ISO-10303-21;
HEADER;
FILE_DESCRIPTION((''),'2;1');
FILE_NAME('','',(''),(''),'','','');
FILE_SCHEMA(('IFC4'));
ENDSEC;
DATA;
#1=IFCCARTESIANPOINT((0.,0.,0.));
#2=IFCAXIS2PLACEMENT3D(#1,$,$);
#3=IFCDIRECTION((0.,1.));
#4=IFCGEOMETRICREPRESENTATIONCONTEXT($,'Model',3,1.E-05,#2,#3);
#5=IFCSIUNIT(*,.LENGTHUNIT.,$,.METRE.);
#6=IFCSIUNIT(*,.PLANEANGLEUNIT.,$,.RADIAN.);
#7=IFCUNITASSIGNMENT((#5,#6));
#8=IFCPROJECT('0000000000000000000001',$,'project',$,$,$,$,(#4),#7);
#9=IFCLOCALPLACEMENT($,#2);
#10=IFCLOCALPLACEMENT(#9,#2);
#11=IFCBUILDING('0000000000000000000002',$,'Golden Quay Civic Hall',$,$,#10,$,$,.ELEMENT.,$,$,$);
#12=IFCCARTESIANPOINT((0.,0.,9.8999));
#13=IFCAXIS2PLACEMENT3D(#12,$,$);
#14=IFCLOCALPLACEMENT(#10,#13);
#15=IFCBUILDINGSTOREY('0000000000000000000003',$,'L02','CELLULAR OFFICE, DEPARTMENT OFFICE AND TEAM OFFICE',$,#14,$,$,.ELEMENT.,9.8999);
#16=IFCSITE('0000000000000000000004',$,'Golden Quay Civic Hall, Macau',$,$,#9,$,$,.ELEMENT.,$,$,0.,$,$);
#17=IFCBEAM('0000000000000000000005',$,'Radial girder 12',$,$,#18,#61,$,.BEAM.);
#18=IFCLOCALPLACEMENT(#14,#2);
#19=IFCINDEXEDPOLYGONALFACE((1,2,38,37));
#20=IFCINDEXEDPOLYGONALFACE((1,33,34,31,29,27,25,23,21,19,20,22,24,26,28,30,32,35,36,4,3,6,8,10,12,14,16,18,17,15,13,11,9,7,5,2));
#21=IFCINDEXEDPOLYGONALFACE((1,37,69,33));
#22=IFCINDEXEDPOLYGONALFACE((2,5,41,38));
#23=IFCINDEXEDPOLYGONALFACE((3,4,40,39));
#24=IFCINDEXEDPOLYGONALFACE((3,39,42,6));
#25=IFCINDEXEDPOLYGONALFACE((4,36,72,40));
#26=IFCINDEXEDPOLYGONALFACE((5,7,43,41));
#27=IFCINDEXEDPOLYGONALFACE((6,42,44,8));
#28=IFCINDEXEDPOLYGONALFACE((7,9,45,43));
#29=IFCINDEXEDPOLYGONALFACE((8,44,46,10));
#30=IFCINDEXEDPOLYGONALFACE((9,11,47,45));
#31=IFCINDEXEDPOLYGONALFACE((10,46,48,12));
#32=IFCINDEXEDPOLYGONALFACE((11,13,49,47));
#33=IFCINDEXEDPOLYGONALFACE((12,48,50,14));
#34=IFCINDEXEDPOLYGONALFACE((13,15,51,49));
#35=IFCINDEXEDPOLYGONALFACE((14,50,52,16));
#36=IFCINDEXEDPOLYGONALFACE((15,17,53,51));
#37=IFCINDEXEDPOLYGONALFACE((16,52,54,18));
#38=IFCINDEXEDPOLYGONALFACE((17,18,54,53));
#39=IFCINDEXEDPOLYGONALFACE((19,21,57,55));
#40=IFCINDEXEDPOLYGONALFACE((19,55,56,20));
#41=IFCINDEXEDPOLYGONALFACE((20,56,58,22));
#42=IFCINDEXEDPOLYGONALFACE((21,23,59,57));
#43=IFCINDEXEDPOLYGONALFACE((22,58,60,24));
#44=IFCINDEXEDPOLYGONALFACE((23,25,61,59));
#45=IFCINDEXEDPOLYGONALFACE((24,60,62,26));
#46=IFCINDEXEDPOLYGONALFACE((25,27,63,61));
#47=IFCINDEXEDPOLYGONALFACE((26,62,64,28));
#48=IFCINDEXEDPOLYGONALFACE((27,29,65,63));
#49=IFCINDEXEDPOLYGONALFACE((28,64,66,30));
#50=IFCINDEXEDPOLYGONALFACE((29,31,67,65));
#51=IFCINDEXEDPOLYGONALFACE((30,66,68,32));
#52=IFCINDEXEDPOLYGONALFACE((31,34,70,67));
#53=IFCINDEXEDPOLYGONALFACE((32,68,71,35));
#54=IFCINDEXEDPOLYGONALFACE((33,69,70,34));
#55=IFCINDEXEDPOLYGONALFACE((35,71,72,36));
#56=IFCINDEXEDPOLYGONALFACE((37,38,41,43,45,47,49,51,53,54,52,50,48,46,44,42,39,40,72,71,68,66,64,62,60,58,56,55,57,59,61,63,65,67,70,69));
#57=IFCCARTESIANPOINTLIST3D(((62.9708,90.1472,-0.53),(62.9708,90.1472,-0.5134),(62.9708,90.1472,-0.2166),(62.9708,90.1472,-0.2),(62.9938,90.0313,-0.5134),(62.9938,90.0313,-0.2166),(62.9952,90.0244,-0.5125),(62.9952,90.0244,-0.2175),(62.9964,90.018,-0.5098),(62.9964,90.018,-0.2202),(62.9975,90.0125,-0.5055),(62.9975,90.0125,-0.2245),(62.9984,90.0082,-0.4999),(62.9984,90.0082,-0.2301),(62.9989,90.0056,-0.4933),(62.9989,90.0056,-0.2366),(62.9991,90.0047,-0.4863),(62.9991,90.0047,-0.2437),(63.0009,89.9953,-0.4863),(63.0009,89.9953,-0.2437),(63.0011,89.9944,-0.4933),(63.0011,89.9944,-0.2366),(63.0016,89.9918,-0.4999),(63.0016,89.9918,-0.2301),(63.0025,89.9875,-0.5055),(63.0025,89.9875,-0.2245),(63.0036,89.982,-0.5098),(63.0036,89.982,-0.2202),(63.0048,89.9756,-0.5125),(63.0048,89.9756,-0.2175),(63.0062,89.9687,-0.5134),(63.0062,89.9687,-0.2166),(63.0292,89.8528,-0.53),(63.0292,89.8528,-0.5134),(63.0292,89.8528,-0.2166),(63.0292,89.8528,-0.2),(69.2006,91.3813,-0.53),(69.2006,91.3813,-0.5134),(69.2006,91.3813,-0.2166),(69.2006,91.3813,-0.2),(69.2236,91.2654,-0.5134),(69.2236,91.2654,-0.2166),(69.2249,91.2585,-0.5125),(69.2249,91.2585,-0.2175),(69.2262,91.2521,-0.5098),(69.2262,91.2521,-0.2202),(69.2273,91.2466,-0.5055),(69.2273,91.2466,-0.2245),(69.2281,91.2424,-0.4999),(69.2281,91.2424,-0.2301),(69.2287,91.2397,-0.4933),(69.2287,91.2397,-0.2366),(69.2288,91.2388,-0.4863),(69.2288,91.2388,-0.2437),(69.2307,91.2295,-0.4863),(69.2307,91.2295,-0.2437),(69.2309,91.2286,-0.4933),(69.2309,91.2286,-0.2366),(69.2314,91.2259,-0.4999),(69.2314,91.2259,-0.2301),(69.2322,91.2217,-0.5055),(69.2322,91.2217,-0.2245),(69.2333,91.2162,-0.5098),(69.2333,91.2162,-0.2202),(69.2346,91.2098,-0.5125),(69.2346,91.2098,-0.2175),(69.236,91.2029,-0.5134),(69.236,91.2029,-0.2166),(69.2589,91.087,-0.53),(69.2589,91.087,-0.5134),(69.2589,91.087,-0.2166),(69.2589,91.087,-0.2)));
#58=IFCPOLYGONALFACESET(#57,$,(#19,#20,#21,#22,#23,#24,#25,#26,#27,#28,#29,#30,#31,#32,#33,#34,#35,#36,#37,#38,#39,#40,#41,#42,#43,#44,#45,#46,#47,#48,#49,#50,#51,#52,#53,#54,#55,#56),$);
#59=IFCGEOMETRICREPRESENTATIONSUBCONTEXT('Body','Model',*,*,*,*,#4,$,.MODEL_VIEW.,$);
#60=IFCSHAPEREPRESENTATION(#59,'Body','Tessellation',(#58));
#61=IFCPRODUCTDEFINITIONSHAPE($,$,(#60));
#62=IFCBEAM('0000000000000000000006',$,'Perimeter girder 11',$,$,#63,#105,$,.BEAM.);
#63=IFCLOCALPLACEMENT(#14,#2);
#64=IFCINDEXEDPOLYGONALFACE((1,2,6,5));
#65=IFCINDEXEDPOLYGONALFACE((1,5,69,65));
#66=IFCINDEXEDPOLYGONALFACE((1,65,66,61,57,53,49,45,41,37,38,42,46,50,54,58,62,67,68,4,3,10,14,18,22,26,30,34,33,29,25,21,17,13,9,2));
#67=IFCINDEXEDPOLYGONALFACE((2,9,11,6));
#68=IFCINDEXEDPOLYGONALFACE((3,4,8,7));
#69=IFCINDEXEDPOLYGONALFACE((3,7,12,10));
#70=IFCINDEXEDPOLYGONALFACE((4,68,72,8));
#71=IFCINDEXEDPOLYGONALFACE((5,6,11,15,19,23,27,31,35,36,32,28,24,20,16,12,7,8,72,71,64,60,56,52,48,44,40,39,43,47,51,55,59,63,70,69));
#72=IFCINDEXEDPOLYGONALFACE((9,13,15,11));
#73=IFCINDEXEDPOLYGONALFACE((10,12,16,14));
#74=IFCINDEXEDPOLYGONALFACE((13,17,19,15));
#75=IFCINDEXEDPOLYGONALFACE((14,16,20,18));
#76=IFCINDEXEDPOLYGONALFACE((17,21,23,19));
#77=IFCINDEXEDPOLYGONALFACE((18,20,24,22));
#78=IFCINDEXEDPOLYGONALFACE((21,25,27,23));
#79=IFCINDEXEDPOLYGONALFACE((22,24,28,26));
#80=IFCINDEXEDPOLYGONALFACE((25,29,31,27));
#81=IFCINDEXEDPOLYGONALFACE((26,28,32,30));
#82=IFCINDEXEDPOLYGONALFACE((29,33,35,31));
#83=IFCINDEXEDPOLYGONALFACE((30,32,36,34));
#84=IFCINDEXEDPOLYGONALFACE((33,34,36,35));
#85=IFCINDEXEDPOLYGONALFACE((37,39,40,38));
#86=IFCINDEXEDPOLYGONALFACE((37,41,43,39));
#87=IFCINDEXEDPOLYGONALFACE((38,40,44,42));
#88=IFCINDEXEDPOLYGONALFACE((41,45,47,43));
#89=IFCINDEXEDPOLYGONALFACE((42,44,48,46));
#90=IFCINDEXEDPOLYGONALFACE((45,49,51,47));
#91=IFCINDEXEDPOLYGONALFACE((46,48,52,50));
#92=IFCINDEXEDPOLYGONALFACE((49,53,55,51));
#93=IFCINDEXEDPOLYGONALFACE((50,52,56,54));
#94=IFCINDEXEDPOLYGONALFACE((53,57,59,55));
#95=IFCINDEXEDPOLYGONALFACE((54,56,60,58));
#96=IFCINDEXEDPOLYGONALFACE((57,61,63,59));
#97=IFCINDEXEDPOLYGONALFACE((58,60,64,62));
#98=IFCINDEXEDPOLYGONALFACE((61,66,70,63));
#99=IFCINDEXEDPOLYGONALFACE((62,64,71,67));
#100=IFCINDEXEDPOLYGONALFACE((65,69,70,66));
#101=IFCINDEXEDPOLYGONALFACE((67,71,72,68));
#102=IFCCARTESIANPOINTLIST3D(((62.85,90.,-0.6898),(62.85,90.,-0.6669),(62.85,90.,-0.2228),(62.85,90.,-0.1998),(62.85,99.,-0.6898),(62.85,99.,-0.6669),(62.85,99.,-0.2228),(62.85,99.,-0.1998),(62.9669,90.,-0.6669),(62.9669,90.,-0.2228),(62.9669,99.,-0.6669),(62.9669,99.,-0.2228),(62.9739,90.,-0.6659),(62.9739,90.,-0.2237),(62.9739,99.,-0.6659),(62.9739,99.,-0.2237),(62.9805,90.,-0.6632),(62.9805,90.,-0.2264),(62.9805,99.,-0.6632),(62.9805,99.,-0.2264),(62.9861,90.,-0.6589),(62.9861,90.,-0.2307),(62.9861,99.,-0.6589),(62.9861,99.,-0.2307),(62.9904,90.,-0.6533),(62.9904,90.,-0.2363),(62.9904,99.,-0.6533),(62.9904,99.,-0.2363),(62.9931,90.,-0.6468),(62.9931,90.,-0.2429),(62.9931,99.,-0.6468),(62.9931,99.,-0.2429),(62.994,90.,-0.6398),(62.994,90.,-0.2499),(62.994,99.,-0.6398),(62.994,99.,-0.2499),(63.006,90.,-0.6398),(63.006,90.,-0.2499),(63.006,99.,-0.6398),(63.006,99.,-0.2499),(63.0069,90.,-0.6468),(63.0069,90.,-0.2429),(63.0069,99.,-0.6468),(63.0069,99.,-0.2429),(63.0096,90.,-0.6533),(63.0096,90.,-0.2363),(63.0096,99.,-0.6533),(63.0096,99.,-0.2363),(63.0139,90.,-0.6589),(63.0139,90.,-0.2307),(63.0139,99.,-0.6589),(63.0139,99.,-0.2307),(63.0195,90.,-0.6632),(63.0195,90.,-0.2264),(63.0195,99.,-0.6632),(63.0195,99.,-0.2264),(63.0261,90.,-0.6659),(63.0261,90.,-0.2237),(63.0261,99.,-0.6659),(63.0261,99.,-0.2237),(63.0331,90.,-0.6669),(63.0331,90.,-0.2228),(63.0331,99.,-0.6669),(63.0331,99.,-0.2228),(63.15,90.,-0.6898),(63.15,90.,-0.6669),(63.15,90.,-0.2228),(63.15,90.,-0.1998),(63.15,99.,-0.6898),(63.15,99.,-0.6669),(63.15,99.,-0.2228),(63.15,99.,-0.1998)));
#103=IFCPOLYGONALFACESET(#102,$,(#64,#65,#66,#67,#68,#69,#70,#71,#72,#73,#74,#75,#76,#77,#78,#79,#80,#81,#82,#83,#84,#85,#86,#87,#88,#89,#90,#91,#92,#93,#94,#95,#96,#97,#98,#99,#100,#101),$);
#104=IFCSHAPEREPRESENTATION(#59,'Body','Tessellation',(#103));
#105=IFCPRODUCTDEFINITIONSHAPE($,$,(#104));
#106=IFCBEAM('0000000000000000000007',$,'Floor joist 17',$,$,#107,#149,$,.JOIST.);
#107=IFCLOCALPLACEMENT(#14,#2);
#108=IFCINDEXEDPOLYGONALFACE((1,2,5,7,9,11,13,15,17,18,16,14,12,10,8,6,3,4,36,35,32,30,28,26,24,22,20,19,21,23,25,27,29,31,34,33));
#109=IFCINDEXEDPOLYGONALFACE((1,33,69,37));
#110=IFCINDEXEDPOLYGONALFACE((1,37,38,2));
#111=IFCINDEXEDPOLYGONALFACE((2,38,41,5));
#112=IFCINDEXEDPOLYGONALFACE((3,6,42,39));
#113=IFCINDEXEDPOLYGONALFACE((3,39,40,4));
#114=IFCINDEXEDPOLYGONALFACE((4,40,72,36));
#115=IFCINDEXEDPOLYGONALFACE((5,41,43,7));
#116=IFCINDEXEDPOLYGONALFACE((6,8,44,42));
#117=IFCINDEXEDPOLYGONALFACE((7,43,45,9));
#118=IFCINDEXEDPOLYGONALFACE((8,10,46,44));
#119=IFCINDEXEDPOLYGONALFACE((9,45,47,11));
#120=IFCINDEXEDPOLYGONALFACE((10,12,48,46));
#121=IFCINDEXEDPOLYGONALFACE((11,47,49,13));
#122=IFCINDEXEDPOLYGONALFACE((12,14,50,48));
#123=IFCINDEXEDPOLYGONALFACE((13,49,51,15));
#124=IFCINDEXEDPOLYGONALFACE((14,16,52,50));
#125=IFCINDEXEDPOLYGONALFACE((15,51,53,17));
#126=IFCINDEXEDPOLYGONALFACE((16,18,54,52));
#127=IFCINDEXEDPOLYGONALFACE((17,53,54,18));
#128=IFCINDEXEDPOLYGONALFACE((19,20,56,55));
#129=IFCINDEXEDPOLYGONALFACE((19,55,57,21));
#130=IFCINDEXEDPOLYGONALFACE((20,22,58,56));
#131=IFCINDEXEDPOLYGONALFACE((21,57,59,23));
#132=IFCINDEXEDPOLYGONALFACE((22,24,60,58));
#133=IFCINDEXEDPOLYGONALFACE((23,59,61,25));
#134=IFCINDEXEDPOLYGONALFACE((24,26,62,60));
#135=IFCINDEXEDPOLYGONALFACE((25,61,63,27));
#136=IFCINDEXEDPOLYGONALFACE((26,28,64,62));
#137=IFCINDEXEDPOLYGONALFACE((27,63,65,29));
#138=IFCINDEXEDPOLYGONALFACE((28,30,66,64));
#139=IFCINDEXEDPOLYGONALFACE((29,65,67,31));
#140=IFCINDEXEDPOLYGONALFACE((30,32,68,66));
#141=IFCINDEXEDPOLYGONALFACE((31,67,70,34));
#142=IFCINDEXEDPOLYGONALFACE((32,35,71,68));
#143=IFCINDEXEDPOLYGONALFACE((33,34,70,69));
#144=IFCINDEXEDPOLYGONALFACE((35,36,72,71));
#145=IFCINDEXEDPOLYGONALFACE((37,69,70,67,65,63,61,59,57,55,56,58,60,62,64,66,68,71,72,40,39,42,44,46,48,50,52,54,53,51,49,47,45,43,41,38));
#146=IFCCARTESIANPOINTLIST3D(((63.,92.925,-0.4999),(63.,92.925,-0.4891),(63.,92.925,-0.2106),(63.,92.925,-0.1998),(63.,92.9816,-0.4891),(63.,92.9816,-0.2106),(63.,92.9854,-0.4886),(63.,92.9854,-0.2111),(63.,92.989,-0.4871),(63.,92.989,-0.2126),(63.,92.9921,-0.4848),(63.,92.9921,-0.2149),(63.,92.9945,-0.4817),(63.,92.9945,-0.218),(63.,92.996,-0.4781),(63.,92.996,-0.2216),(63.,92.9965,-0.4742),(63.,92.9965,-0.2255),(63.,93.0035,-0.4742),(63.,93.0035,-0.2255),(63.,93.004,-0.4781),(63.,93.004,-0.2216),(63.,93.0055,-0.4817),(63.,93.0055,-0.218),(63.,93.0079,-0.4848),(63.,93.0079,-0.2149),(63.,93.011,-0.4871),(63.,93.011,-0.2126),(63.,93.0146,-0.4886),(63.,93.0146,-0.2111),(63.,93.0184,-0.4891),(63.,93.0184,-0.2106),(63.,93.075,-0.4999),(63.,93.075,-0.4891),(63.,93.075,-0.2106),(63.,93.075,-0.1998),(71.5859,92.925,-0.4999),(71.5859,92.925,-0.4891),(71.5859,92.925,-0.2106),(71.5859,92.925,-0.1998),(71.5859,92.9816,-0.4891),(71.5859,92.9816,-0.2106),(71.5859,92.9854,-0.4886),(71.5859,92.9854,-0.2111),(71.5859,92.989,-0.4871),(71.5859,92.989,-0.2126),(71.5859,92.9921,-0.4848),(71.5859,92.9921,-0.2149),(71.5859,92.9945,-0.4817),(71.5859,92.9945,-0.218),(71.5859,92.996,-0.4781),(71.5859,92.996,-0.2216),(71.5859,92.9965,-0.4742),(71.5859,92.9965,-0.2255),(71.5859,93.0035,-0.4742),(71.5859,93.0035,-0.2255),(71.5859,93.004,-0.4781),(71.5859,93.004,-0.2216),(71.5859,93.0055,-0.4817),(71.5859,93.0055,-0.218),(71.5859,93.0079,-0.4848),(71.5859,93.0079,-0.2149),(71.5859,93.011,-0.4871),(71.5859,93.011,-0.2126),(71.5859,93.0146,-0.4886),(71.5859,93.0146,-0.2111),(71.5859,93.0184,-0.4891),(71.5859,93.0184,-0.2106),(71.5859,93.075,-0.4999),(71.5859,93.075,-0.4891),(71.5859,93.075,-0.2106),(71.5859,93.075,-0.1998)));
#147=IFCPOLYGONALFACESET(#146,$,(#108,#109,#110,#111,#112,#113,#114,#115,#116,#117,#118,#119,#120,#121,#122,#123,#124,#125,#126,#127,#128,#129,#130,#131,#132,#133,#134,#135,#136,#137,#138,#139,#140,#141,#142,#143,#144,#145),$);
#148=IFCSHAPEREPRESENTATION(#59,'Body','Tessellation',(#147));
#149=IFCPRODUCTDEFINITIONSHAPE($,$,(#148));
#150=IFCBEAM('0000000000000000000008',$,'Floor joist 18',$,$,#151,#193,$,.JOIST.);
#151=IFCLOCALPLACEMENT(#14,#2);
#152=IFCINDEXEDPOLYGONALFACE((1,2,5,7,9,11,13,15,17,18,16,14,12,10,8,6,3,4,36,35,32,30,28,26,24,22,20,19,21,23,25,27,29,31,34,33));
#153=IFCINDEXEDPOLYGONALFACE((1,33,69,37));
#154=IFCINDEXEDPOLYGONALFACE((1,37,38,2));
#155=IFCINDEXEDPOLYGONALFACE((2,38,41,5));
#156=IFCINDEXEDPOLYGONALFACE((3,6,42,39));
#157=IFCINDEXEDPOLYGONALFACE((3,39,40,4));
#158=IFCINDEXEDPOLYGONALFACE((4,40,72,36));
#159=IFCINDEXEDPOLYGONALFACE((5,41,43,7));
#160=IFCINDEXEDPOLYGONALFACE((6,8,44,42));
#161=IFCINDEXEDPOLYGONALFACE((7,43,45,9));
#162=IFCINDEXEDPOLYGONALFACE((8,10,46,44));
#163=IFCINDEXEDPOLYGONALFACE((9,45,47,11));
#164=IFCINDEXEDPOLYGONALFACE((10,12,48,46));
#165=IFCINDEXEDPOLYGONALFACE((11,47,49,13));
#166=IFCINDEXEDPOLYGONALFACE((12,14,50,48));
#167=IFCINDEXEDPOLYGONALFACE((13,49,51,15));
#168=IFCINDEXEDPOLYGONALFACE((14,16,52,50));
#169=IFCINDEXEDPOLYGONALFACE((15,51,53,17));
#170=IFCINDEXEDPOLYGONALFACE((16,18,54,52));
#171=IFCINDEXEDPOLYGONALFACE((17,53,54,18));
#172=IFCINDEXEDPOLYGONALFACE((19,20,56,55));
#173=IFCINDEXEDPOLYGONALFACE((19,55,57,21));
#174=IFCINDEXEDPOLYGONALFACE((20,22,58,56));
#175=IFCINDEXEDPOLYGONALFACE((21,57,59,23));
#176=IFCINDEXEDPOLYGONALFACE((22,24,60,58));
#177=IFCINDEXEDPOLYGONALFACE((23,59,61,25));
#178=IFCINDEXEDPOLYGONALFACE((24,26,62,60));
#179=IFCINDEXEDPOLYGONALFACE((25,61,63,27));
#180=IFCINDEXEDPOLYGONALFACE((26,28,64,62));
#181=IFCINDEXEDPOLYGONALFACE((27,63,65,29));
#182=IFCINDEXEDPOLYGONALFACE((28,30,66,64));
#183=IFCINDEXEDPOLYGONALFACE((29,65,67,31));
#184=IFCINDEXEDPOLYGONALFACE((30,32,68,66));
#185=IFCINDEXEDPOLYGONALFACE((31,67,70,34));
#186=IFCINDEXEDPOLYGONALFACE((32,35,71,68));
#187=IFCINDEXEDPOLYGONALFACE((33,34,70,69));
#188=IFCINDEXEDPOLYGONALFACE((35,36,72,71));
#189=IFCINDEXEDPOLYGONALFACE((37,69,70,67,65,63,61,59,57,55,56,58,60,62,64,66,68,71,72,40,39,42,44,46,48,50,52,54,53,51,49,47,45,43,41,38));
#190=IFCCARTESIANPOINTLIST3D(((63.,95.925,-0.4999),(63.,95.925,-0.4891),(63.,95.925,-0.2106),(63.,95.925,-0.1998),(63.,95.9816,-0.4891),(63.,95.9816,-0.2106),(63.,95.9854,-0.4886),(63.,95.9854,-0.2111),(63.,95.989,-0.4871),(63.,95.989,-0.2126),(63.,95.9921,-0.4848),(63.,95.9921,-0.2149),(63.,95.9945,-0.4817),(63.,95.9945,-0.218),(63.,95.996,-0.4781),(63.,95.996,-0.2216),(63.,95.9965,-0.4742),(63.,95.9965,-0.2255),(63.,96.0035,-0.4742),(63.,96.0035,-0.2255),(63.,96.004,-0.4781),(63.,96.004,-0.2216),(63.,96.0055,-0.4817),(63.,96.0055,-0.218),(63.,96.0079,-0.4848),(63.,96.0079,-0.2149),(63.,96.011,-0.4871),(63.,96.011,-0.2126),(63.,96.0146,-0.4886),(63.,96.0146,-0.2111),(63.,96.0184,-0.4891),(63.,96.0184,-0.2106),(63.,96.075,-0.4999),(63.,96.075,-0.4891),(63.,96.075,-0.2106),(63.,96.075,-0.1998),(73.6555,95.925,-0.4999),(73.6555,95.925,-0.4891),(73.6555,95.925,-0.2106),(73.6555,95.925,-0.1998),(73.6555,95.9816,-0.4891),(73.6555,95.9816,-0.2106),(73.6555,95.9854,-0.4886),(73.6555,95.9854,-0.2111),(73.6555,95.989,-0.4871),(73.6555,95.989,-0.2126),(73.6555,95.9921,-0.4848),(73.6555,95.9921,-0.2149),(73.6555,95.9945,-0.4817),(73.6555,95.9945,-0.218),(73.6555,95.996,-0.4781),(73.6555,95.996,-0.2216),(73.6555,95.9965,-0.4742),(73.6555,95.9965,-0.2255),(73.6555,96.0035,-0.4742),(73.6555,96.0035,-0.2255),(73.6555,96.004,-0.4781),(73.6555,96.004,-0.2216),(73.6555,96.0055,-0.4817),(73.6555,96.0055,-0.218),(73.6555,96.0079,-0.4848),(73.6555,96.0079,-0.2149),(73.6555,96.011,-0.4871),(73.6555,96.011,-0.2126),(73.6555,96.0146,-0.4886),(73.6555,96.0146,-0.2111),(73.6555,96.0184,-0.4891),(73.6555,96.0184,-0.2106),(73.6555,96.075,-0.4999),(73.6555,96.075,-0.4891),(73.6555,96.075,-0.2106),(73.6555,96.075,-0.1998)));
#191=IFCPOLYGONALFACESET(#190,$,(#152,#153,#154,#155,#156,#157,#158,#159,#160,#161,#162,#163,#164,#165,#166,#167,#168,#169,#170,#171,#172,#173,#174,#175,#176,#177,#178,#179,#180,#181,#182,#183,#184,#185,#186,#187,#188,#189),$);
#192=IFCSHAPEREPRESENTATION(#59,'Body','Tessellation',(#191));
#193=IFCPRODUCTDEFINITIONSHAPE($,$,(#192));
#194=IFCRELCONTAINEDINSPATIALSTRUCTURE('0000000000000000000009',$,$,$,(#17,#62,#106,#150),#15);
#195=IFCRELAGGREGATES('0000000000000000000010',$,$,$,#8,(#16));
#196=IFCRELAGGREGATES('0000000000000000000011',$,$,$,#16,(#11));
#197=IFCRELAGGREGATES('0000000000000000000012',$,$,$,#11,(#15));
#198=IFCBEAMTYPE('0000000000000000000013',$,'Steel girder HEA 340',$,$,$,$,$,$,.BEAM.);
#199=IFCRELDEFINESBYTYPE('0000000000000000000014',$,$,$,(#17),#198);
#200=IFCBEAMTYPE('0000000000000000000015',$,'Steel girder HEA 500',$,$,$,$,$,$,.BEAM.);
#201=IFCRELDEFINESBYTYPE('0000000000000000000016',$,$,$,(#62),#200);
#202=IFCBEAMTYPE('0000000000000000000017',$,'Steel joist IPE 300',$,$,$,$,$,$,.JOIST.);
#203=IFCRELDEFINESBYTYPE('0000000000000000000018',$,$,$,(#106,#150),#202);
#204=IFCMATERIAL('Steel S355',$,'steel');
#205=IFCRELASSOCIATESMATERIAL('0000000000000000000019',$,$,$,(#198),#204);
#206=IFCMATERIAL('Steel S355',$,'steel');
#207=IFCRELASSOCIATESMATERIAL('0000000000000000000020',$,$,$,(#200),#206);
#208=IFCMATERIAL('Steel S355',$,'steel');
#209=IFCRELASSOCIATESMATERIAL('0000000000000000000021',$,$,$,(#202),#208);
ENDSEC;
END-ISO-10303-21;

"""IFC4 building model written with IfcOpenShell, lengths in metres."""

from ifc_helpers import new_model, si_unit, direction, frame, origin, origin_2d, place, context, subcontext, project, spatial, i_section, extrude, material, material_profile, profile_set, type_object, element, save


model = new_model("IFC4")

# Units and contexts
model_context = context("Model", 3, precision=1e-05, world=origin(), true_north=direction((0.0, 1.0)))
body_context = subcontext(model_context, "Body", "Model", "MODEL_VIEW")
ifc_project = project(units=[si_unit("LENGTHUNIT", "METRE"), si_unit("PLANEANGLEUNIT", "RADIAN")], contexts=[model_context])

# Site, building, storey
site_placement = place(None, origin())
site = spatial("IfcSite", under=ifc_project, at=site_placement, Name="Golden Quay Civic Hall, Macau", CompositionType="ELEMENT", RefElevation=0.0)
building_placement = place(site_placement, origin())
building = spatial("IfcBuilding", under=site, at=building_placement, Name="Golden Quay Civic Hall", CompositionType="ELEMENT")
storey_placement = place(building_placement, frame((0.0, 0.0, 9.8999)))
storey = spatial("IfcBuildingStorey", under=building, at=storey_placement, Name="L02", Description="CELLULAR OFFICE, DEPARTMENT OFFICE AND TEAM OFFICE", CompositionType="ELEMENT", Elevation=9.8999)

# Beams
ifc_material_1 = material(Name="Steel S355", Category="steel")
ifc_material_profile_1 = material_profile(ifc_material_1, i_section(OverallWidth=0.3, OverallDepth=0.3301, WebThickness=0.0095, FlangeThickness=0.0166, FilletRadius=0.0271, at=origin_2d()), Name="HEA 340")
ifc_profile_set_1 = profile_set([ifc_material_profile_1], Name="Steel S355")
beam_type_1 = type_object("IfcBeamType", Name="Steel girder HEA 340", PredefinedType="BEAM", material=ifc_profile_set_1)
beam_1_placement = place(storey_placement, frame((63.0, 90.0, -0.365), z_axis=(0.980937, 0.194327, 0.0), x_axis=(-0.194327, 0.980937, 0.0)))
element("IfcBeam", 1, at=beam_1_placement, inside=storey, type_object=beam_type_1, Name="Radial girder 12", PredefinedType="BEAM", context=body_context, shape_type="SweptSolid", body=[
    extrude(i_section(OverallWidth=0.3, OverallDepth=0.3301, WebThickness=0.0095, FlangeThickness=0.0166, FilletRadius=0.0271, at=origin_2d()), origin(), (0.0, 0.0, 1.0), 6.3508),
])
ifc_material_2 = material(Name="Steel S355", Category="steel")
ifc_material_profile_2 = material_profile(ifc_material_2, i_section(OverallWidth=0.3, OverallDepth=0.49, WebThickness=0.012, FlangeThickness=0.0229, FilletRadius=0.0271, at=origin_2d()), Name="HEA 500")
ifc_profile_set_2 = profile_set([ifc_material_profile_2], Name="Steel S355")
beam_type_2 = type_object("IfcBeamType", Name="Steel girder HEA 500", PredefinedType="BEAM", material=ifc_profile_set_2)
beam_2_placement = place(storey_placement, frame((63.0, 90.0, -0.4448), z_axis=(0.0, 1.0, 0.0), x_axis=(-1.0, 0.0, 0.0)))
element("IfcBeam", 2, at=beam_2_placement, inside=storey, type_object=beam_type_2, Name="Perimeter girder 11", PredefinedType="BEAM", context=body_context, shape_type="SweptSolid", body=[
    extrude(i_section(OverallWidth=0.3, OverallDepth=0.49, WebThickness=0.012, FlangeThickness=0.0229, FilletRadius=0.0271, at=origin_2d()), origin(), (0.0, 0.0, 1.0), 9.0),
])
ifc_material_3 = material(Name="Steel S355", Category="steel")
ifc_material_profile_3 = material_profile(ifc_material_3, i_section(OverallWidth=0.1499, OverallDepth=0.3, WebThickness=0.0071, FlangeThickness=0.0107, FilletRadius=0.0149, at=origin_2d()), Name="IPE 300")
ifc_profile_set_3 = profile_set([ifc_material_profile_3], Name="Steel S355")
beam_type_3 = type_object("IfcBeamType", Name="Steel joist IPE 300", PredefinedType="JOIST", material=ifc_profile_set_3)
beam_3_placement = place(storey_placement, frame((63.0, 93.0, -0.3499), z_axis=(1.0, 0.0, 0.0), x_axis=(0.0, 1.0, 0.0)))
element("IfcBeam", 3, at=beam_3_placement, inside=storey, type_object=beam_type_3, Name="Floor joist 17", PredefinedType="JOIST", context=body_context, shape_type="SweptSolid", body=[
    extrude(i_section(OverallWidth=0.1499, OverallDepth=0.3, WebThickness=0.0071, FlangeThickness=0.0107, FilletRadius=0.0149, at=origin_2d()), origin(), (0.0, 0.0, 1.0), 8.5859),
])
beam_4_placement = place(storey_placement, frame((63.0, 96.0, -0.3499), z_axis=(1.0, 0.0, 0.0), x_axis=(0.0, 1.0, 0.0)))
element("IfcBeam", 4, at=beam_4_placement, inside=storey, type_object=beam_type_3, Name="Floor joist 18", PredefinedType="JOIST", context=body_context, shape_type="SweptSolid", body=[
    extrude(i_section(OverallWidth=0.1499, OverallDepth=0.3, WebThickness=0.0071, FlangeThickness=0.0107, FilletRadius=0.0149, at=origin_2d()), origin(), (0.0, 0.0, 1.0), 10.6555),
])

save(model, "model.ifc")
